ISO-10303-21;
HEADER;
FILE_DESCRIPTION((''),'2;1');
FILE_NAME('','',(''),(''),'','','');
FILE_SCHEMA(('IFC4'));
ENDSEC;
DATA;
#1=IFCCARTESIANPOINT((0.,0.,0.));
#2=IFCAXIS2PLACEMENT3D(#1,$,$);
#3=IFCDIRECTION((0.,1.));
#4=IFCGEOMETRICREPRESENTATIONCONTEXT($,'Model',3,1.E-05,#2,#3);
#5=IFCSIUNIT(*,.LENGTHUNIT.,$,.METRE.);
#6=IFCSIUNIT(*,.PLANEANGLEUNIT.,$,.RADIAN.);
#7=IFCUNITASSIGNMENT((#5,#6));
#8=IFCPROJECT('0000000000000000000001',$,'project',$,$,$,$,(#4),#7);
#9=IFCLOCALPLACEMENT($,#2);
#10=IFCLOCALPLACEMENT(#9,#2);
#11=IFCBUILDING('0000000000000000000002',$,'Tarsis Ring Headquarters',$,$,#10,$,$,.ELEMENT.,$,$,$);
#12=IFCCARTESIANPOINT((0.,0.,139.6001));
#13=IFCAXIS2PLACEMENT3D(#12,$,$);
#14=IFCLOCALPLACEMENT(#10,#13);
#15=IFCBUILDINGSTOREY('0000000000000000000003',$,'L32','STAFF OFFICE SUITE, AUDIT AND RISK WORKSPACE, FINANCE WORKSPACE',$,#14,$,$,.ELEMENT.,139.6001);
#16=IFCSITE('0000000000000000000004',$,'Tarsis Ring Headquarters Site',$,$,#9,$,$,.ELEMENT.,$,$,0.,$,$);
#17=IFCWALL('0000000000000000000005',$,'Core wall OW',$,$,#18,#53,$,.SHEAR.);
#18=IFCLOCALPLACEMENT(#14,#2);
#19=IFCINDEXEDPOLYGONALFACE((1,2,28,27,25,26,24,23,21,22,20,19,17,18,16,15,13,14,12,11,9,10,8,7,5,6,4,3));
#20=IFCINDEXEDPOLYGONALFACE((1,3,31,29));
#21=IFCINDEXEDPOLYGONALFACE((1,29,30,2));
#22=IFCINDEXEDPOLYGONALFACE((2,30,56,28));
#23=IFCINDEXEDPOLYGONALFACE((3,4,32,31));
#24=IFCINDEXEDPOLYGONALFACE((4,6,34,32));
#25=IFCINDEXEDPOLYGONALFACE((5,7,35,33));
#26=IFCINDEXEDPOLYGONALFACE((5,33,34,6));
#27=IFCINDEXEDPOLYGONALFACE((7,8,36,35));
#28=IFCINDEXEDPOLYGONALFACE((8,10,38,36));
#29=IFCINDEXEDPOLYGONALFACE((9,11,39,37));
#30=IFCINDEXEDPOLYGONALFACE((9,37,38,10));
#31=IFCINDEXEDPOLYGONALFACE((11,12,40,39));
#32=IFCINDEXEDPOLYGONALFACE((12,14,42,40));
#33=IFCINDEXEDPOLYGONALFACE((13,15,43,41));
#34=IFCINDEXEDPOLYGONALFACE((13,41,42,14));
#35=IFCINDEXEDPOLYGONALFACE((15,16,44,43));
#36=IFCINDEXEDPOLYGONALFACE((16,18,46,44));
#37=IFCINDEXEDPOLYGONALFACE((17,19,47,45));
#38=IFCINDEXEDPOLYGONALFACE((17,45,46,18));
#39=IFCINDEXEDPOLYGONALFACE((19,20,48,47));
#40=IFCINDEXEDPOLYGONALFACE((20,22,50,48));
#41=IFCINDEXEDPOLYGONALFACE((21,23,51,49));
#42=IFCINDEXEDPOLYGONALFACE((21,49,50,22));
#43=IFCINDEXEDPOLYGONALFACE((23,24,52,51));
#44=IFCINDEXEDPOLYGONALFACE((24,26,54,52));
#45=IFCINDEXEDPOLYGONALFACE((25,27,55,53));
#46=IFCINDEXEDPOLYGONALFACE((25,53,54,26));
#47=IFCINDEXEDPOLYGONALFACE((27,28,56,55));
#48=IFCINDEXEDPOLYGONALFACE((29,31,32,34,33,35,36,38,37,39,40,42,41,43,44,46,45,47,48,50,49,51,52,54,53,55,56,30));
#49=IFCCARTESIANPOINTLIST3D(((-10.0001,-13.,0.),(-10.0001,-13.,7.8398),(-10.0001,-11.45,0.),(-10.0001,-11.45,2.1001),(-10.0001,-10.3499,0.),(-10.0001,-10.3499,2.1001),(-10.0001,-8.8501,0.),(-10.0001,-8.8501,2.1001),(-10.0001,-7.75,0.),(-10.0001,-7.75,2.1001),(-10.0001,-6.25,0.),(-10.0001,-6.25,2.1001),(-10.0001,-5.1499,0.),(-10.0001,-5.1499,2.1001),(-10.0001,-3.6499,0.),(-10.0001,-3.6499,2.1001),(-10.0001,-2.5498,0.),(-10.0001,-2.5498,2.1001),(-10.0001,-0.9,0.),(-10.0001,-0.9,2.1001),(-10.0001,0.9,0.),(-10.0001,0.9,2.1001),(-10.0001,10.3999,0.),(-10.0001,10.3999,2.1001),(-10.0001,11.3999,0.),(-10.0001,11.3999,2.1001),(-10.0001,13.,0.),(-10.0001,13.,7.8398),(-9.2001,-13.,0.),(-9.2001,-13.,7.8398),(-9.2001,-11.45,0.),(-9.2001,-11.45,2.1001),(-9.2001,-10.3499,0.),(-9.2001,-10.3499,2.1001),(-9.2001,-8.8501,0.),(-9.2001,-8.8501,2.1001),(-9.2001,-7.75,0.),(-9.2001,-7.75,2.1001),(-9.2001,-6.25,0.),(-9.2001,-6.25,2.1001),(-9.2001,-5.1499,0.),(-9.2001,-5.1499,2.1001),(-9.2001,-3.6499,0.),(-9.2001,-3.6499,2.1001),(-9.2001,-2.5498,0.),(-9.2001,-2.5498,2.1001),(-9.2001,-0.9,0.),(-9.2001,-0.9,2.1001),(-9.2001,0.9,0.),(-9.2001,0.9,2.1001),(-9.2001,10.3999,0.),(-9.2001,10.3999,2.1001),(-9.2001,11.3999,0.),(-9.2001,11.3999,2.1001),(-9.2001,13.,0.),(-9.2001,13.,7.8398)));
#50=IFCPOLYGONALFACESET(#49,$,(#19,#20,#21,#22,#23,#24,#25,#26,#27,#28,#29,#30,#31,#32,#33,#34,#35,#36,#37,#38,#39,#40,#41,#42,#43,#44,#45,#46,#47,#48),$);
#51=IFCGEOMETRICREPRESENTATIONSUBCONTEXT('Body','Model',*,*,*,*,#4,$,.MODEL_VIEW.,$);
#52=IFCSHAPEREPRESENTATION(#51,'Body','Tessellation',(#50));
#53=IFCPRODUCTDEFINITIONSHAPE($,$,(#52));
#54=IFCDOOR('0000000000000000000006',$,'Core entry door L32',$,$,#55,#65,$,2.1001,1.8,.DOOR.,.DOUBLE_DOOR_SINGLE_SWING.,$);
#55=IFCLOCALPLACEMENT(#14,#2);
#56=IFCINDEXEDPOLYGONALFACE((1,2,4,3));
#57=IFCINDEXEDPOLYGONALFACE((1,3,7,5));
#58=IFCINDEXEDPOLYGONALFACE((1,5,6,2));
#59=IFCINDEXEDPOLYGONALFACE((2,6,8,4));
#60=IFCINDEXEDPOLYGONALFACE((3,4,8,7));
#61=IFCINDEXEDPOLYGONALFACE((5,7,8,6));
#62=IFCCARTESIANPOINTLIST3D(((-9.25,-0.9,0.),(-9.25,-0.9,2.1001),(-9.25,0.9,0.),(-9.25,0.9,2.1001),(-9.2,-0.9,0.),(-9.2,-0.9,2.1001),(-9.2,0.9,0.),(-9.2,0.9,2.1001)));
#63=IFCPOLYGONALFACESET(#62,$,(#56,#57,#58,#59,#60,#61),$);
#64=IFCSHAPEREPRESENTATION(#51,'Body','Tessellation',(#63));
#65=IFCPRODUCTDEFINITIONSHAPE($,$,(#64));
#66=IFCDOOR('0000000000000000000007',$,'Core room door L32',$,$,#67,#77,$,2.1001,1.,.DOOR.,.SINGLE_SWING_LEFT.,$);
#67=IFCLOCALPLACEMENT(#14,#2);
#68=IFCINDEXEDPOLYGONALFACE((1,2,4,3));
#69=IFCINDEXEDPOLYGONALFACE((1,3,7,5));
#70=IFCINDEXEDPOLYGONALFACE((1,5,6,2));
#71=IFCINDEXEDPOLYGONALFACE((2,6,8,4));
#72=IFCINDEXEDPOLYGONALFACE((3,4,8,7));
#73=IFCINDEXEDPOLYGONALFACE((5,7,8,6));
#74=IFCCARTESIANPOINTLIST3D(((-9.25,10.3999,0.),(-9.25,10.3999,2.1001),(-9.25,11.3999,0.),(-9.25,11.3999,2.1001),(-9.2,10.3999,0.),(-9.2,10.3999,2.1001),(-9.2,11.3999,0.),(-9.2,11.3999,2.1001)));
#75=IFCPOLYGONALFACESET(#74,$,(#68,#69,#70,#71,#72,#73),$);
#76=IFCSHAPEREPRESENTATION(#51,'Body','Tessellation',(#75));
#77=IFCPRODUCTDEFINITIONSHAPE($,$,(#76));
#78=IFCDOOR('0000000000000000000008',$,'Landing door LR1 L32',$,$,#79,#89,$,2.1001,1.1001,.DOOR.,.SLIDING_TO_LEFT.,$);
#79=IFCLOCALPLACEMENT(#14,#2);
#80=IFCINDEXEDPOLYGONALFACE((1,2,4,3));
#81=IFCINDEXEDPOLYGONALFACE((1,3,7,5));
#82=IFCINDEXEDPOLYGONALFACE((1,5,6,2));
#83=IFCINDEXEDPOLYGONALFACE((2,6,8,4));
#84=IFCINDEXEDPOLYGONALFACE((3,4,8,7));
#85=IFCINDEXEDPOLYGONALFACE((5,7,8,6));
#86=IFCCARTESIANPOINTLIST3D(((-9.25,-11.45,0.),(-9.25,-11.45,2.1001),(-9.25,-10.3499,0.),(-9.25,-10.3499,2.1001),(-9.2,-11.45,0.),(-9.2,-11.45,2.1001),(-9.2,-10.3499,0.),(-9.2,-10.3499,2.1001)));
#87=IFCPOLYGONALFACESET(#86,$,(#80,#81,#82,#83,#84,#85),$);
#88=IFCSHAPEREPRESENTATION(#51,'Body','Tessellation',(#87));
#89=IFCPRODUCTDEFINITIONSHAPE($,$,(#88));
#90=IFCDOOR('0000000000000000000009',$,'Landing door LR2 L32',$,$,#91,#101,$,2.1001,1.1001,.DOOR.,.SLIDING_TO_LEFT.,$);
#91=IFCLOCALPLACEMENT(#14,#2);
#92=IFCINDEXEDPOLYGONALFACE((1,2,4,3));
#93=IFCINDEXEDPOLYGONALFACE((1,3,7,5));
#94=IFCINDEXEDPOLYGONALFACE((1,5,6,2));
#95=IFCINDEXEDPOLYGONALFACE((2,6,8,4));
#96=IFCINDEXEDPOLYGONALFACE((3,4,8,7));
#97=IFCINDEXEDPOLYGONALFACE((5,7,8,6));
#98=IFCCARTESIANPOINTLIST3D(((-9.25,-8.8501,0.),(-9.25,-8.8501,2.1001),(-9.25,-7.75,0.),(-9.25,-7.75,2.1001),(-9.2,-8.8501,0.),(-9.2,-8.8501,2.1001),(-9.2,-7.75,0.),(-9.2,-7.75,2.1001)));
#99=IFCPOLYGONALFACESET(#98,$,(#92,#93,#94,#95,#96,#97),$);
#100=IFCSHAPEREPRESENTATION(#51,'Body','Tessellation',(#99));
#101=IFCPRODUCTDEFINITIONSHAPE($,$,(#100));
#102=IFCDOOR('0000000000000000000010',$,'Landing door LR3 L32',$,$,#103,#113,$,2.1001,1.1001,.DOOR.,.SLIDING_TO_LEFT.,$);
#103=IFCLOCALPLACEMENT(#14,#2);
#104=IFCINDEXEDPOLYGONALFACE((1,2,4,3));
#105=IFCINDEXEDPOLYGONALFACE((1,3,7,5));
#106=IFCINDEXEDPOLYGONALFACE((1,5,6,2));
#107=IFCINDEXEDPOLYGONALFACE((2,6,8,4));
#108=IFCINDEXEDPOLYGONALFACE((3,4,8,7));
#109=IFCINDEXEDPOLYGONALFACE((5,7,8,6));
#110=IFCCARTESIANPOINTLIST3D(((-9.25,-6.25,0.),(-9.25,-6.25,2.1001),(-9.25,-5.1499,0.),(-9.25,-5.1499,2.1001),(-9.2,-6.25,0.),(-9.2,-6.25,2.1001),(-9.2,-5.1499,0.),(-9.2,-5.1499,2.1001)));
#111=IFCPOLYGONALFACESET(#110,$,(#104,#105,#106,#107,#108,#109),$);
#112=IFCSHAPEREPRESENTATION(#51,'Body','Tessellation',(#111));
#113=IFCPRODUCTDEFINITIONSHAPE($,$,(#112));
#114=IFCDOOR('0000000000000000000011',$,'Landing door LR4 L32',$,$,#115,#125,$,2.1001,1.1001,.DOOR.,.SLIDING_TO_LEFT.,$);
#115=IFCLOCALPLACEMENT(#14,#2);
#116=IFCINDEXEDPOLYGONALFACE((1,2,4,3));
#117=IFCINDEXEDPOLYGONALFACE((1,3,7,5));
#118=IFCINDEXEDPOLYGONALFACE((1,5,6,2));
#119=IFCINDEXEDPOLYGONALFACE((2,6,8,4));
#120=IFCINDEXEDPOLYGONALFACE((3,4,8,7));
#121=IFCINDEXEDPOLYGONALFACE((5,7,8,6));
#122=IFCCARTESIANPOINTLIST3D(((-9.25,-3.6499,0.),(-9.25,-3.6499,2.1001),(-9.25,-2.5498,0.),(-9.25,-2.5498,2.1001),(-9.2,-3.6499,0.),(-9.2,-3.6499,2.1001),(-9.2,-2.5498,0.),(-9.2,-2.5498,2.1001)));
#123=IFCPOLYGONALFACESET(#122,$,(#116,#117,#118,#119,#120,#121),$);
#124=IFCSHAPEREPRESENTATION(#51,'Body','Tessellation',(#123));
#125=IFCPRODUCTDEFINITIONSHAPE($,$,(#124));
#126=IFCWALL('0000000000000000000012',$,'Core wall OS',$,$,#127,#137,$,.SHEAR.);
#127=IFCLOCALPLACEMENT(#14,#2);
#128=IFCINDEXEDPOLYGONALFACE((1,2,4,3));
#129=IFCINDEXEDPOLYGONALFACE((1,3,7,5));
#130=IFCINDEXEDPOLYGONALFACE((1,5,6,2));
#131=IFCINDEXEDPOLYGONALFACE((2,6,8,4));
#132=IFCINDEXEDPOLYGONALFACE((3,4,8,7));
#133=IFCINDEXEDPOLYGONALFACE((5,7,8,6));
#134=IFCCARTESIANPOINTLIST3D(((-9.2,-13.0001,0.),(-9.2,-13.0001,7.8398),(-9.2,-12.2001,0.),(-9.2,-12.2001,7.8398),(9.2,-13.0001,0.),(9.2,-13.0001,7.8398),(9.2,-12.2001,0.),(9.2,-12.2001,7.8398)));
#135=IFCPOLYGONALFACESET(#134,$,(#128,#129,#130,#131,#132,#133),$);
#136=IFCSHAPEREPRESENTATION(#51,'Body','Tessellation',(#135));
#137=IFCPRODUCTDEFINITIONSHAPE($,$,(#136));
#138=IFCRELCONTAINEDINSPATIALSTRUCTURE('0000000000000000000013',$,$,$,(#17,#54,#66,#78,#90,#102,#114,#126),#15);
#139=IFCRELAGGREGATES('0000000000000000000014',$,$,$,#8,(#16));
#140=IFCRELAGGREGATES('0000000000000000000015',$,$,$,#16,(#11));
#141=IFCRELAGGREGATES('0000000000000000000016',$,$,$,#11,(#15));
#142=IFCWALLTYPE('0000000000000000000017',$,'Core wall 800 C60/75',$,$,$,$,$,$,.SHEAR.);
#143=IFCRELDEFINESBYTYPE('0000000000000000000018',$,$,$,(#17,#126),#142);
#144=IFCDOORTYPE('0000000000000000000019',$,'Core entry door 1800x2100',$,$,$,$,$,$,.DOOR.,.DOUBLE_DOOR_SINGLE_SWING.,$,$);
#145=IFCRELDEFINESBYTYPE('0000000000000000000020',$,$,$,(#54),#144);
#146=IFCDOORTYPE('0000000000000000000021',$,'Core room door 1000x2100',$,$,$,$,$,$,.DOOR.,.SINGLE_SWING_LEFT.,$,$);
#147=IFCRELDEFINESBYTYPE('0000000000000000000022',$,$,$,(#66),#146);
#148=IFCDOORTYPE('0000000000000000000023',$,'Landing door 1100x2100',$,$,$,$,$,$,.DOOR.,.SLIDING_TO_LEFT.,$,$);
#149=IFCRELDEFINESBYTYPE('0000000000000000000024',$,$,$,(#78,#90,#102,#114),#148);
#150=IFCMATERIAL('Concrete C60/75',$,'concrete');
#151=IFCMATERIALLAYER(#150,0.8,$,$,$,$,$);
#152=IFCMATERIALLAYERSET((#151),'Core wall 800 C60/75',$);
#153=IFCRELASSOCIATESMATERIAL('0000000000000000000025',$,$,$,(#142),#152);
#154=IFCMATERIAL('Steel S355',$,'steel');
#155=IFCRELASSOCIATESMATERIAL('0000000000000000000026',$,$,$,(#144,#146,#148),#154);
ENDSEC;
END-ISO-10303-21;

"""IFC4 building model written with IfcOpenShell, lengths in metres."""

from ifc_helpers import new_model, si_unit, direction, frame, frame_2d, origin, place, context, subcontext, project, spatial, rectangle, extrude, material, layer, layer_set, type_object, element, fill, save


model = new_model("IFC4")

# Units and contexts
model_context = context("Model", 3, precision=1e-05, world=origin(), true_north=direction((0.0, 1.0)))
body_context = subcontext(model_context, "Body", "Model", "MODEL_VIEW")
ifc_project = project(units=[si_unit("LENGTHUNIT", "METRE"), si_unit("PLANEANGLEUNIT", "RADIAN")], contexts=[model_context])

# Site, building, storey
site_placement = place(None, origin())
site = spatial("IfcSite", under=ifc_project, at=site_placement, Name="Tarsis Ring Headquarters Site", CompositionType="ELEMENT", RefElevation=0.0)
building_placement = place(site_placement, origin())
building = spatial("IfcBuilding", under=site, at=building_placement, Name="Tarsis Ring Headquarters", CompositionType="ELEMENT")
storey_placement = place(building_placement, frame((0.0, 0.0, 139.6001)))
storey = spatial("IfcBuildingStorey", under=building, at=storey_placement, Name="L32", Description="STAFF OFFICE SUITE, AUDIT AND RISK WORKSPACE, FINANCE WORKSPACE", CompositionType="ELEMENT", Elevation=139.6001)

# Wall, openings, doors
ifc_material_1 = material(Name="Concrete C60/75", Category="concrete")
ifc_layer_1 = layer(ifc_material_1, 0.8)
ifc_layer_set_1 = layer_set([ifc_layer_1], Name="Core wall 800 C60/75")
wall_type = type_object("IfcWallType", Name="Core wall 800 C60/75", PredefinedType="SHEAR", material=ifc_layer_set_1)
wall_1_placement = place(storey_placement, frame((-9.6001, -13.0, 0.0), z_axis=(0.0, 0.0, 1.0), x_axis=(0.0, 1.0, 0.0)))
wall_1 = element("IfcWall", 1, at=wall_1_placement, inside=storey, type_object=wall_type, Name="Core wall OW", PredefinedType="SHEAR", context=body_context, shape_type="SweptSolid", body=[
    extrude(rectangle(XDim=26.0, YDim=0.8, at=frame_2d((13.0, 0.0))), origin(), (0.0, 0.0, 1.0), 7.8398),
])
opening_1_placement = place(wall_1_placement, frame((1.55, 0.0, 0.0)))
opening_1 = element("IfcOpeningElement", 2, at=opening_1_placement, cuts=wall_1, PredefinedType="OPENING", context=body_context, shape_type="SweptSolid", body=[
    extrude(rectangle(XDim=1.1001, YDim=2.1001, at=frame_2d((0.55, 1.05))), frame((0.0, 0.4099, 0.0), z_axis=(0.0, -1.0, 0.0), x_axis=(1.0, 0.0, 0.0)), (0.0, 0.0, 1.0), 0.8201),
])
opening_2_placement = place(wall_1_placement, frame((4.1499, 0.0, 0.0)))
opening_2 = element("IfcOpeningElement", 3, at=opening_2_placement, cuts=wall_1, PredefinedType="OPENING", context=body_context, shape_type="SweptSolid", body=[
    extrude(rectangle(XDim=1.1001, YDim=2.1001, at=frame_2d((0.55, 1.05))), frame((0.0, 0.4099, 0.0), z_axis=(0.0, -1.0, 0.0), x_axis=(1.0, 0.0, 0.0)), (0.0, 0.0, 1.0), 0.8201),
])
opening_3_placement = place(wall_1_placement, frame((6.75, 0.0, 0.0)))
opening_3 = element("IfcOpeningElement", 4, at=opening_3_placement, cuts=wall_1, PredefinedType="OPENING", context=body_context, shape_type="SweptSolid", body=[
    extrude(rectangle(XDim=1.1001, YDim=2.1001, at=frame_2d((0.55, 1.05))), frame((0.0, 0.4099, 0.0), z_axis=(0.0, -1.0, 0.0), x_axis=(1.0, 0.0, 0.0)), (0.0, 0.0, 1.0), 0.8201),
])
opening_4_placement = place(wall_1_placement, frame((9.3501, 0.0, 0.0)))
opening_4 = element("IfcOpeningElement", 5, at=opening_4_placement, cuts=wall_1, PredefinedType="OPENING", context=body_context, shape_type="SweptSolid", body=[
    extrude(rectangle(XDim=1.1001, YDim=2.1001, at=frame_2d((0.55, 1.05))), frame((0.0, 0.4099, 0.0), z_axis=(0.0, -1.0, 0.0), x_axis=(1.0, 0.0, 0.0)), (0.0, 0.0, 1.0), 0.8201),
])
opening_5_placement = place(wall_1_placement, frame((12.1001, 0.0, 0.0)))
opening_5 = element("IfcOpeningElement", 6, at=opening_5_placement, cuts=wall_1, PredefinedType="OPENING", context=body_context, shape_type="SweptSolid", body=[
    extrude(rectangle(XDim=1.8, YDim=2.1001, at=frame_2d((0.8999, 1.05))), frame((0.0, 0.4099, 0.0), z_axis=(0.0, -1.0, 0.0), x_axis=(1.0, 0.0, 0.0)), (0.0, 0.0, 1.0), 0.8201),
])
opening_6_placement = place(wall_1_placement, frame((23.3999, 0.0, 0.0)))
opening_6 = element("IfcOpeningElement", 7, at=opening_6_placement, cuts=wall_1, PredefinedType="OPENING", context=body_context, shape_type="SweptSolid", body=[
    extrude(rectangle(XDim=1.0, YDim=2.1001, at=frame_2d((0.5, 1.05))), frame((0.0, 0.4099, 0.0), z_axis=(0.0, -1.0, 0.0), x_axis=(1.0, 0.0, 0.0)), (0.0, 0.0, 1.0), 0.8201),
])
ifc_material_2 = material(Name="Steel S355", Category="steel")
door_type_1 = type_object("IfcDoorType", Name="Core entry door 1800x2100", OperationType="DOUBLE_DOOR_SINGLE_SWING", PredefinedType="DOOR", material=ifc_material_2)
door_1_placement = place(opening_5_placement, origin())
door_1 = element("IfcDoor", 8, at=door_1_placement, inside=storey, type_object=door_type_1, Name="Core entry door L32", OperationType="DOUBLE_DOOR_SINGLE_SWING", OverallHeight=2.1001, OverallWidth=1.8, PredefinedType="DOOR", context=body_context, shape_type="SweptSolid", body=[
    extrude(rectangle(XDim=1.8, YDim=2.1001, at=frame_2d((0.8999, 1.05))), frame((0.0, -0.3501, 0.0), z_axis=(0.0, -1.0, 0.0), x_axis=(1.0, 0.0, 0.0)), (0.0, 0.0, 1.0), 0.05),
])
fill(opening_5, door_1)
door_type_2 = type_object("IfcDoorType", Name="Core room door 1000x2100", OperationType="SINGLE_SWING_LEFT", PredefinedType="DOOR", material=ifc_material_2)
door_2_placement = place(opening_6_placement, origin())
door_2 = element("IfcDoor", 9, at=door_2_placement, inside=storey, type_object=door_type_2, Name="Core room door L32", OperationType="SINGLE_SWING_LEFT", OverallHeight=2.1001, OverallWidth=1.0, PredefinedType="DOOR", context=body_context, shape_type="SweptSolid", body=[
    extrude(rectangle(XDim=1.0, YDim=2.1001, at=frame_2d((0.5, 1.05))), frame((0.0, -0.3501, 0.0), z_axis=(0.0, -1.0, 0.0), x_axis=(1.0, 0.0, 0.0)), (0.0, 0.0, 1.0), 0.05),
])
fill(opening_6, door_2)
door_type_3 = type_object("IfcDoorType", Name="Landing door 1100x2100", OperationType="SLIDING_TO_LEFT", PredefinedType="DOOR", material=ifc_material_2)
door_3_placement = place(opening_1_placement, origin())
door_3 = element("IfcDoor", 10, at=door_3_placement, inside=storey, type_object=door_type_3, Name="Landing door LR1 L32", OperationType="SLIDING_TO_LEFT", OverallHeight=2.1001, OverallWidth=1.1001, PredefinedType="DOOR", context=body_context, shape_type="SweptSolid", body=[
    extrude(rectangle(XDim=1.1001, YDim=2.1001, at=frame_2d((0.55, 1.05))), frame((0.0, -0.3501, 0.0), z_axis=(0.0, -1.0, 0.0), x_axis=(1.0, 0.0, 0.0)), (0.0, 0.0, 1.0), 0.05),
])
fill(opening_1, door_3)
door_4_placement = place(opening_2_placement, origin())
door_4 = element("IfcDoor", 11, at=door_4_placement, inside=storey, type_object=door_type_3, Name="Landing door LR2 L32", OperationType="SLIDING_TO_LEFT", OverallHeight=2.1001, OverallWidth=1.1001, PredefinedType="DOOR", context=body_context, shape_type="SweptSolid", body=[
    extrude(rectangle(XDim=1.1001, YDim=2.1001, at=frame_2d((0.55, 1.05))), frame((0.0, -0.3501, 0.0), z_axis=(0.0, -1.0, 0.0), x_axis=(1.0, 0.0, 0.0)), (0.0, 0.0, 1.0), 0.05),
])
fill(opening_2, door_4)
door_5_placement = place(opening_3_placement, origin())
door_5 = element("IfcDoor", 12, at=door_5_placement, inside=storey, type_object=door_type_3, Name="Landing door LR3 L32", OperationType="SLIDING_TO_LEFT", OverallHeight=2.1001, OverallWidth=1.1001, PredefinedType="DOOR", context=body_context, shape_type="SweptSolid", body=[
    extrude(rectangle(XDim=1.1001, YDim=2.1001, at=frame_2d((0.55, 1.05))), frame((0.0, -0.3501, 0.0), z_axis=(0.0, -1.0, 0.0), x_axis=(1.0, 0.0, 0.0)), (0.0, 0.0, 1.0), 0.05),
])
fill(opening_3, door_5)
door_6_placement = place(opening_4_placement, origin())
door_6 = element("IfcDoor", 13, at=door_6_placement, inside=storey, type_object=door_type_3, Name="Landing door LR4 L32", OperationType="SLIDING_TO_LEFT", OverallHeight=2.1001, OverallWidth=1.1001, PredefinedType="DOOR", context=body_context, shape_type="SweptSolid", body=[
    extrude(rectangle(XDim=1.1001, YDim=2.1001, at=frame_2d((0.55, 1.05))), frame((0.0, -0.3501, 0.0), z_axis=(0.0, -1.0, 0.0), x_axis=(1.0, 0.0, 0.0)), (0.0, 0.0, 1.0), 0.05),
])
fill(opening_4, door_6)

# Wall
wall_2_placement = place(storey_placement, frame((-9.2, -12.6001, 0.0), z_axis=(0.0, 0.0, 1.0), x_axis=(1.0, 0.0, 0.0)))
element("IfcWall", 14, at=wall_2_placement, inside=storey, type_object=wall_type, Name="Core wall OS", PredefinedType="SHEAR", context=body_context, shape_type="SweptSolid", body=[
    extrude(rectangle(XDim=18.3999, YDim=0.8, at=frame_2d((9.2, 0.0))), origin(), (0.0, 0.0, 1.0), 7.8398),
])

save(model, "model.ifc")
